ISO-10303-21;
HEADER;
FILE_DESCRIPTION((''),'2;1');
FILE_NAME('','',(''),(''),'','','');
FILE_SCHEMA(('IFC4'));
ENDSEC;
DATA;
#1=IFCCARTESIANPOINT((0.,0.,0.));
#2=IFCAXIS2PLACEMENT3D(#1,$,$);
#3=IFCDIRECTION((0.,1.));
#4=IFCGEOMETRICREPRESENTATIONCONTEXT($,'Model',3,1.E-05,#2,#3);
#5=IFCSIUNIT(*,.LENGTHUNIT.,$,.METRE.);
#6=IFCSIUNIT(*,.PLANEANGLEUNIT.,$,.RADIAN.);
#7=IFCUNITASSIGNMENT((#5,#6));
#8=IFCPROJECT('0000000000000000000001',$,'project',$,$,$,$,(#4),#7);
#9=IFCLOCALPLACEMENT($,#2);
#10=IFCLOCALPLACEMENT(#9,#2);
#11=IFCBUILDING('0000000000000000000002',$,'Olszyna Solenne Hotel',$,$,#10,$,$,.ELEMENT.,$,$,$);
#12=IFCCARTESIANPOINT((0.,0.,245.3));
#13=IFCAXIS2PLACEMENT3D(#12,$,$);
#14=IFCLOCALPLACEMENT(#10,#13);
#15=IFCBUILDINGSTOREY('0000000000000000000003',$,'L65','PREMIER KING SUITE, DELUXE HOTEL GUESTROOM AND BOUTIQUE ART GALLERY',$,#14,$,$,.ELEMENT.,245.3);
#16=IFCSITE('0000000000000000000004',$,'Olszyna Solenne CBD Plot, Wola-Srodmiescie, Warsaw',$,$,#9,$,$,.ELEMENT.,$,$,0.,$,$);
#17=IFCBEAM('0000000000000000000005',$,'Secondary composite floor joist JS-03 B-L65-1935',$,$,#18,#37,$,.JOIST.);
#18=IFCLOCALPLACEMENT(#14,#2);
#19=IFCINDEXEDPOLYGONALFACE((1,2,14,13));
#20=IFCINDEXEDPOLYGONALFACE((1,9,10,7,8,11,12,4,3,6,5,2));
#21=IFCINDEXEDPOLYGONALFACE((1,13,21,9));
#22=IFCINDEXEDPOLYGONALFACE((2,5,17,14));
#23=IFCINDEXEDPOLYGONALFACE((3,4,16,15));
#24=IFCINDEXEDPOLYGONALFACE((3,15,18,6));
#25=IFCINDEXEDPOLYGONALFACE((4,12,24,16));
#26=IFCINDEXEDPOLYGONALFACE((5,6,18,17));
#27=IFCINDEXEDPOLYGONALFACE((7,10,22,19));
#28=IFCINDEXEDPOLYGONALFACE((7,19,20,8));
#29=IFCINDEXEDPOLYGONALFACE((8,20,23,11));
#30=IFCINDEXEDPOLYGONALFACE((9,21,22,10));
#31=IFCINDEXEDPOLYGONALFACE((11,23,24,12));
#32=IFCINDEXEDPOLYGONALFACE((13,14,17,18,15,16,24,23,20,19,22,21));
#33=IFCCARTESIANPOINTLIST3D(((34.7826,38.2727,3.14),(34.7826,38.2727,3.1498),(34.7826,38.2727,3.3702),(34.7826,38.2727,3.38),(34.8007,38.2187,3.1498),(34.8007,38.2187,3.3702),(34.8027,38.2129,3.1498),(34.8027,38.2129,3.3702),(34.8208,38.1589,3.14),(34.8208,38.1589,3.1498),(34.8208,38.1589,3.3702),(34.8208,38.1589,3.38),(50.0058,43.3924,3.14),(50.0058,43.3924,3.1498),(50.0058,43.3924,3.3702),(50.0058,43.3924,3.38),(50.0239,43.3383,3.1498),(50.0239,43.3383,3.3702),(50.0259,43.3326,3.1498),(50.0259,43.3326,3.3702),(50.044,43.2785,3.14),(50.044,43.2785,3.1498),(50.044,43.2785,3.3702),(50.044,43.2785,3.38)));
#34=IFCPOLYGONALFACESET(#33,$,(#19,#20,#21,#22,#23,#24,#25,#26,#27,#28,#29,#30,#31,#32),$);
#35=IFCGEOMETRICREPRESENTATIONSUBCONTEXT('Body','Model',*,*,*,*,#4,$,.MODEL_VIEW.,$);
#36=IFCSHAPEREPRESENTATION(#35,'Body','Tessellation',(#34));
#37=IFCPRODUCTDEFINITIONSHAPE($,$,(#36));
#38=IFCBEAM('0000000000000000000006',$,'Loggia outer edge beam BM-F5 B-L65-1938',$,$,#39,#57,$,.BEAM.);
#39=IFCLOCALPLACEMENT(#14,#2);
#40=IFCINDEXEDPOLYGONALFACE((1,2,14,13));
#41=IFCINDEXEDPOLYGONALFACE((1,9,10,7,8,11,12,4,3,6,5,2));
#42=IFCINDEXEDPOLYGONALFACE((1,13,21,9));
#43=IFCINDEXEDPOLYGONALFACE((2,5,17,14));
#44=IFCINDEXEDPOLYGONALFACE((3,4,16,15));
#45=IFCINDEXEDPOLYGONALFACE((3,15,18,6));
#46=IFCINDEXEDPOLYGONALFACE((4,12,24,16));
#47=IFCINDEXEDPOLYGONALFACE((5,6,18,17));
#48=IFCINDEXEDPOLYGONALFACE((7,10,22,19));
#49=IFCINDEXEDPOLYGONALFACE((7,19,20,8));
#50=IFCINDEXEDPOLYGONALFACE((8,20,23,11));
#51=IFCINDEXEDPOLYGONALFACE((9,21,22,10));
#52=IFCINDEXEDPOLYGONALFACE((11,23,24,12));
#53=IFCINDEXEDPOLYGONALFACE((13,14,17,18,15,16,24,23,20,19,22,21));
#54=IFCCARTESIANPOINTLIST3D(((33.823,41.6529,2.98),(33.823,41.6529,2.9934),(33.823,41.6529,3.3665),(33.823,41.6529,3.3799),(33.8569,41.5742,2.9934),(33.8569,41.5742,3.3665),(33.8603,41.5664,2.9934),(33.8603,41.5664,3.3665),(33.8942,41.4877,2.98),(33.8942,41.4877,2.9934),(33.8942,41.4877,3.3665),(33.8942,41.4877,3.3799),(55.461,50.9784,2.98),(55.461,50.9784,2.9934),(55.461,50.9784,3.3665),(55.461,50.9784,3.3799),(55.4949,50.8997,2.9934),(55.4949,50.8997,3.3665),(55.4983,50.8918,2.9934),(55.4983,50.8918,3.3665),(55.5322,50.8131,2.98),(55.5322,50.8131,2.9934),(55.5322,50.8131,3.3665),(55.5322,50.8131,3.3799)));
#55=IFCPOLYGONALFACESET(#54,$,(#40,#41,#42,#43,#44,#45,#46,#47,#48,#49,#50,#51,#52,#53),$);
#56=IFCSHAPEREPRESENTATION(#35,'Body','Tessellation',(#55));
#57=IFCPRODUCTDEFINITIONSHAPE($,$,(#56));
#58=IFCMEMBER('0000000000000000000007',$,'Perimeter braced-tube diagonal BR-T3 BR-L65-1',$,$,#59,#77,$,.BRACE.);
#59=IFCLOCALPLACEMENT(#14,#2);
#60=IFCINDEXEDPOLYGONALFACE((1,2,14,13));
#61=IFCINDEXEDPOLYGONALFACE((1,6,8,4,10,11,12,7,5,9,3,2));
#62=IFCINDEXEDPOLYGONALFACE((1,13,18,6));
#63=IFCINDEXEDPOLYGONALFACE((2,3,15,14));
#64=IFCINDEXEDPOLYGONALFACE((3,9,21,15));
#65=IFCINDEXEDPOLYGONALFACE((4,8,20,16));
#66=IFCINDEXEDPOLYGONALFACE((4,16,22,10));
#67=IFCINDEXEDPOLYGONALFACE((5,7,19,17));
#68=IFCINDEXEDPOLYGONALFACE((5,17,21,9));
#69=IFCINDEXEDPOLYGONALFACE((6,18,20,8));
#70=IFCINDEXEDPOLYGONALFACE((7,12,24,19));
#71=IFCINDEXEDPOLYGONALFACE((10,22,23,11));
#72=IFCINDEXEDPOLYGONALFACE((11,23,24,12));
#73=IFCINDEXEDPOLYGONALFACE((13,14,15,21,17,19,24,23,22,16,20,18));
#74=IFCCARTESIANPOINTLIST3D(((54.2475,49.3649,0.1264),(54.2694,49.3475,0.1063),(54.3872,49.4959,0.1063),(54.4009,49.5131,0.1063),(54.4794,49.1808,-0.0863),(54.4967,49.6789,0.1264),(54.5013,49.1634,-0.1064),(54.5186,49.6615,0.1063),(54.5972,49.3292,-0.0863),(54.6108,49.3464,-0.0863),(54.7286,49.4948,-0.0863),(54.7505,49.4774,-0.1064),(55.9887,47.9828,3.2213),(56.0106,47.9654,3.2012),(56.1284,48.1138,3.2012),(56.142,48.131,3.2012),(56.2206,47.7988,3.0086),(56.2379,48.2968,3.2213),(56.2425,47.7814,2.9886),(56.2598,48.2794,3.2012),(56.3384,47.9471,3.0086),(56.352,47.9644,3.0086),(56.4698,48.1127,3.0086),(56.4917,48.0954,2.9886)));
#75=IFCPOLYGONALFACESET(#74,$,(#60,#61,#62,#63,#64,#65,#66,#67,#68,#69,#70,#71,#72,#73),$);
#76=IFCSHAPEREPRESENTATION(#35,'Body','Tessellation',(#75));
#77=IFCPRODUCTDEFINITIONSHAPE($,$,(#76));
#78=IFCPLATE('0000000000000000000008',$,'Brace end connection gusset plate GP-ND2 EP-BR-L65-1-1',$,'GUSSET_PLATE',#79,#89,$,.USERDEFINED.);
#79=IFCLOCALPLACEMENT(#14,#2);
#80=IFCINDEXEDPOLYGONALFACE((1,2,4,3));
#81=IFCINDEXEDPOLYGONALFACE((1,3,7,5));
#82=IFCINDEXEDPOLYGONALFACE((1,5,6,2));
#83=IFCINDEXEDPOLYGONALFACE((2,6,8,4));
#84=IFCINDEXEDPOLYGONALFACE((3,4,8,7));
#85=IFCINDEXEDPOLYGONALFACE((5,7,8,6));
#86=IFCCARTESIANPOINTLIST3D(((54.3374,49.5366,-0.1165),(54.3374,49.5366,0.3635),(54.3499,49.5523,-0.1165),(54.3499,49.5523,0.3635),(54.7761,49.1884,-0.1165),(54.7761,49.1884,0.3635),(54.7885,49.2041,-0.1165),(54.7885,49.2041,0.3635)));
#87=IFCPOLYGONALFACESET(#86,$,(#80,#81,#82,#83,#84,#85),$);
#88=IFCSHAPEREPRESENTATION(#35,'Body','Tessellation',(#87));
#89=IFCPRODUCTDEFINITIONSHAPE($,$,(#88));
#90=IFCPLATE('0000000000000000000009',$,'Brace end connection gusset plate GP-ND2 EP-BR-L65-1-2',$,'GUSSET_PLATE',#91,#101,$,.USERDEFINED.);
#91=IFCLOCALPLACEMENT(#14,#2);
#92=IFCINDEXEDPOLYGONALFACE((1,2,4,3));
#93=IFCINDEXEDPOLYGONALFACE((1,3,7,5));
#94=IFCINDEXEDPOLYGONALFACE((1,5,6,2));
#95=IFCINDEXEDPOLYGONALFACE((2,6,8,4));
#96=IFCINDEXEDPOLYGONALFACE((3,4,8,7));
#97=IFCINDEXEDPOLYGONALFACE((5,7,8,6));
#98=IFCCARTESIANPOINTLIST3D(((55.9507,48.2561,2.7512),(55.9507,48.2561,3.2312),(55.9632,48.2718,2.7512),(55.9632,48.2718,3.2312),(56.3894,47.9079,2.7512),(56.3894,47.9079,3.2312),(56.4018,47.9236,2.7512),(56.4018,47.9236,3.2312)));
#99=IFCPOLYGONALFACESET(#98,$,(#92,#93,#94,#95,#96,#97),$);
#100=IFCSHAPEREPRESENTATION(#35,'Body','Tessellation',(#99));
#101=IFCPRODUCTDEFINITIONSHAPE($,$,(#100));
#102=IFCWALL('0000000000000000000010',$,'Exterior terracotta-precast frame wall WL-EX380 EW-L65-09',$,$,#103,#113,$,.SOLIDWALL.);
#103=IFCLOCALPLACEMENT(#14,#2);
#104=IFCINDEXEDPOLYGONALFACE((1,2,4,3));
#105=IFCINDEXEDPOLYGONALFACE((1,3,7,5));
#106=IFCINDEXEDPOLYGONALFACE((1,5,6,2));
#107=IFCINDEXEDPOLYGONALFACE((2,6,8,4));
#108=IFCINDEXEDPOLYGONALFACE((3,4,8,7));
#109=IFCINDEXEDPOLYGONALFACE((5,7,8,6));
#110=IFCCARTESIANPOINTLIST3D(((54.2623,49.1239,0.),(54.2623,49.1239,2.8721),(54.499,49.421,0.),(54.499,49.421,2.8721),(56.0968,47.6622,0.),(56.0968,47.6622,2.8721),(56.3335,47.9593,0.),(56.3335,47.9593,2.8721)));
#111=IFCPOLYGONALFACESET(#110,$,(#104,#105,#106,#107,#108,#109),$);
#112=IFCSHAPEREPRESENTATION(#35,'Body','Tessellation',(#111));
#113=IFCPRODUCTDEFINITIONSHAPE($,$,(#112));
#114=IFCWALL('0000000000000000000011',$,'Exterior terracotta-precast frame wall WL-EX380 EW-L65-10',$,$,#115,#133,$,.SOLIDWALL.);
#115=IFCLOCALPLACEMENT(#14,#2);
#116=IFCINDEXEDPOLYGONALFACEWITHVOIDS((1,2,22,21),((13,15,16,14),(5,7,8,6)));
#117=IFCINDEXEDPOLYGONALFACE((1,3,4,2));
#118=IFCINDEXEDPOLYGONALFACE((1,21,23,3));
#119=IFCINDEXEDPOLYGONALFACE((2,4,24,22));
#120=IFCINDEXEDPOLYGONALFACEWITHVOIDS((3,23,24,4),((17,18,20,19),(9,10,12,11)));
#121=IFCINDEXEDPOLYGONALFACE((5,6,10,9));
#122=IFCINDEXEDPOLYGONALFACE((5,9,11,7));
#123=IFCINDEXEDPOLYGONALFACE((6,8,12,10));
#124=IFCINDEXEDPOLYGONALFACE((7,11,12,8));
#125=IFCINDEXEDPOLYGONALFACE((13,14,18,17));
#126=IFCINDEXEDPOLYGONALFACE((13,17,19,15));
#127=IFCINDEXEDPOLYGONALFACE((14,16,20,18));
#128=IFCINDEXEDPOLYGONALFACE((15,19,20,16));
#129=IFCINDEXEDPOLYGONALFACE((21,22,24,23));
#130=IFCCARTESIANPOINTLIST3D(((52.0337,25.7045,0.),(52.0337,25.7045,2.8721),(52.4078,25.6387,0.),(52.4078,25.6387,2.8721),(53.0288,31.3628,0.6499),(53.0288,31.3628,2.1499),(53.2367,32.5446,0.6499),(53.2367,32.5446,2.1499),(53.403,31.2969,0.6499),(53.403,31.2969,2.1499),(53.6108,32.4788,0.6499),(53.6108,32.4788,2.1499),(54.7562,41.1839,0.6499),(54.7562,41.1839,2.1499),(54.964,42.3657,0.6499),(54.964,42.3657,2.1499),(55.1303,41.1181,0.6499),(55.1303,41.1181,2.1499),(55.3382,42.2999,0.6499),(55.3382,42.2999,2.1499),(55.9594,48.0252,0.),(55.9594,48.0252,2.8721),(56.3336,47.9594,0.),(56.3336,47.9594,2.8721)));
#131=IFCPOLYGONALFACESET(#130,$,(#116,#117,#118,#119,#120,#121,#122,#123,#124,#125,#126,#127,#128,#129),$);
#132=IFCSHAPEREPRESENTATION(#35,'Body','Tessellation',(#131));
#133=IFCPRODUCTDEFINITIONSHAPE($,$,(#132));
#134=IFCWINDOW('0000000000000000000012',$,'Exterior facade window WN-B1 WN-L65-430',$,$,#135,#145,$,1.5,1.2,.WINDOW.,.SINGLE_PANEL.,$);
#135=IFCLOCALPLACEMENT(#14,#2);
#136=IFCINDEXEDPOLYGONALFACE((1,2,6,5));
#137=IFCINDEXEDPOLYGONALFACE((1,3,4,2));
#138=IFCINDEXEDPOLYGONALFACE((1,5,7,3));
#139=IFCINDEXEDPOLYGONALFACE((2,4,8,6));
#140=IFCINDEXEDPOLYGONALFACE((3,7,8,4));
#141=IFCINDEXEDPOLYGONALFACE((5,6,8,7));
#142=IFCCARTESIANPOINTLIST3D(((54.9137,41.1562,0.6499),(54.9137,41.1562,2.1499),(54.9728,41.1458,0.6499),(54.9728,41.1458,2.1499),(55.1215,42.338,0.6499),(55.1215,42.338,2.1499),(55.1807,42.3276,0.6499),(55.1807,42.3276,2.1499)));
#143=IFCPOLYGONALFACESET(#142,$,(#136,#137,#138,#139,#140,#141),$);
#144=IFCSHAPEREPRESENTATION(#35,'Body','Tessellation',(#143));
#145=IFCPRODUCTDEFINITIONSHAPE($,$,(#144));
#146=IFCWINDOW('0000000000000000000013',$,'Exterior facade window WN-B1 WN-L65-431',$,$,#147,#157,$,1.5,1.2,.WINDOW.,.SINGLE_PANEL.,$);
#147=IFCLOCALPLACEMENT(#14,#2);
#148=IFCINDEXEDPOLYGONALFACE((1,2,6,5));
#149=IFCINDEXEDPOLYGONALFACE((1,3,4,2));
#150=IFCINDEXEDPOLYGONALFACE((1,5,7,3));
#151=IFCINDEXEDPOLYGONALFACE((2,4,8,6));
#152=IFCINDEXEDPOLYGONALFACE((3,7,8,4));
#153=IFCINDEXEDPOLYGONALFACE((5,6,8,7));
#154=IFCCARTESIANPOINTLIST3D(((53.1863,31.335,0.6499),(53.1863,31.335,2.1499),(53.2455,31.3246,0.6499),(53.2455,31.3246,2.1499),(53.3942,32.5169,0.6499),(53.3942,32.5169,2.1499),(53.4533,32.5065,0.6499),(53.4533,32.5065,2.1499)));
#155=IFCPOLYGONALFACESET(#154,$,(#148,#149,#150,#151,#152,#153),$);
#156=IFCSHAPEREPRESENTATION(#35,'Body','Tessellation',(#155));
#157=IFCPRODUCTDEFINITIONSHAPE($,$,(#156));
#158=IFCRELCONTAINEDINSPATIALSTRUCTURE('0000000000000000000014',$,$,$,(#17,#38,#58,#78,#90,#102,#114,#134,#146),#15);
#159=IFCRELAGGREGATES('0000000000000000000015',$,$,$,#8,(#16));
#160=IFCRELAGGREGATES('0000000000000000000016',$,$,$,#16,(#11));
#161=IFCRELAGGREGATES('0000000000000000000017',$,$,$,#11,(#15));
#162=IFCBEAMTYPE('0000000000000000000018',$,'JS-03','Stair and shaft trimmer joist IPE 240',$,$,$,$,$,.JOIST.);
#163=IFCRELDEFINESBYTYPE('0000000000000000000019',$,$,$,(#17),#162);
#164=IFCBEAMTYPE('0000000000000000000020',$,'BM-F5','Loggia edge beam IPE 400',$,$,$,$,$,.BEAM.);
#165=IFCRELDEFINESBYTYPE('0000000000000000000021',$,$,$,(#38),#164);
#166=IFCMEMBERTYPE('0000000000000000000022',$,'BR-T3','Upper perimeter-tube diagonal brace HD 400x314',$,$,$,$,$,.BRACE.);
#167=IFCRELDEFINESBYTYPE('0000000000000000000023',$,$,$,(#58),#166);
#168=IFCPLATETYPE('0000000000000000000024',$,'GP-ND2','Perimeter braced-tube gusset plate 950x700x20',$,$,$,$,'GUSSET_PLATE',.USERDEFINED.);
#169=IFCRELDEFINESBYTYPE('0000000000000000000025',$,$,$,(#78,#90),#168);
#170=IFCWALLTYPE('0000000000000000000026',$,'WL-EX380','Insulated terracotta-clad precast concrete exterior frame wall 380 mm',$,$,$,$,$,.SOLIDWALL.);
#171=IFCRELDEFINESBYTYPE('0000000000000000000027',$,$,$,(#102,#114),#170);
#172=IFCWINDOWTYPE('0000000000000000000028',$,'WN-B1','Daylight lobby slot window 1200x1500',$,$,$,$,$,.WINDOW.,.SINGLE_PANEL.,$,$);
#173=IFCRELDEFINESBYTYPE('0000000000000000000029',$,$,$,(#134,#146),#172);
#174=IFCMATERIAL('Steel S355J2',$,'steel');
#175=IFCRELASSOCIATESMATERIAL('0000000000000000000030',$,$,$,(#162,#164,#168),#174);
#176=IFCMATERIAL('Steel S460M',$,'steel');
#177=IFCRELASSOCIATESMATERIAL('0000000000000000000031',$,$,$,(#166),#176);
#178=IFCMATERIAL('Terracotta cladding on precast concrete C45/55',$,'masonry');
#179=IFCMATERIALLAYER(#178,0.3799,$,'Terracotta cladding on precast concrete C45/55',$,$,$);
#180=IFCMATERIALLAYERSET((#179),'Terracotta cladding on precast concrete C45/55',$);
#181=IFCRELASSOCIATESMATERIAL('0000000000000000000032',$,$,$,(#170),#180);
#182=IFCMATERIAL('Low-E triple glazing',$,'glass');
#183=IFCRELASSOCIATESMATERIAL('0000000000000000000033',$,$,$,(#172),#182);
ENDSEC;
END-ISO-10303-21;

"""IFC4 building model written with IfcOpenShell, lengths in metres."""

from ifc_helpers import new_model, si_unit, direction, frame, frame_2d, origin, origin_2d, place, context, subcontext, project, spatial, rectangle, i_section, extrude, source, transform, mapped, material, layer, layer_set, material_profile, profile_set, type_object, type_shapes, element, fill, save


model = new_model("IFC4")

# Units and contexts
model_context = context("Model", 3, precision=1e-05, world=origin(), true_north=direction((0.0, 1.0)))
body_context = subcontext(model_context, "Body", "Model", "MODEL_VIEW")
ifc_project = project(units=[si_unit("LENGTHUNIT", "METRE"), si_unit("PLANEANGLEUNIT", "RADIAN")], contexts=[model_context])

# Site, building, storey
site_placement = place(None, origin())
site = spatial("IfcSite", under=ifc_project, at=site_placement, Name="Olszyna Solenne CBD Plot, Wola-Srodmiescie, Warsaw", CompositionType="ELEMENT", RefElevation=0.0)
building_placement = place(site_placement, origin())
building = spatial("IfcBuilding", under=site, at=building_placement, Name="Olszyna Solenne Hotel", CompositionType="ELEMENT")
storey_placement = place(building_placement, frame((0.0, 0.0, 245.3)))
storey = spatial("IfcBuildingStorey", under=building, at=storey_placement, Name="L65", Description="PREMIER KING SUITE, DELUXE HOTEL GUESTROOM AND BOUTIQUE ART GALLERY", CompositionType="ELEMENT", Elevation=245.3)

# Shared definitions
ifc_material_1 = material(Name="Steel S460M", Category="steel")

# Beams
ifc_material_2 = material(Name="Steel S355J2", Category="steel")
ifc_material_profile_1 = material_profile(ifc_material_2, i_section(OverallWidth=0.1201, OverallDepth=0.24, WebThickness=0.0061, FlangeThickness=0.0098, at=origin_2d()), Name="IPE 240", Category="load-bearing")
ifc_profile_set_1 = profile_set([ifc_material_profile_1], Name="Steel S355J2")
beam_type_1 = type_object("IfcBeamType", Name="JS-03", Description="Stair and shaft trimmer joist IPE 240", PredefinedType="JOIST", material=ifc_profile_set_1)
shared_shape_1 = source(origin(), body_context, "Body", "SweptSolid", [
    extrude(i_section(OverallWidth=0.1201, OverallDepth=0.24, WebThickness=0.0061, FlangeThickness=0.0098, at=origin_2d()), origin(), (0.0, 0.0, 1.0), 16.061),
])
beam_1_placement = place(storey_placement, frame((50.0249, 43.3354, 3.26), z_axis=(-0.947835, -0.318762, 0.0), x_axis=(0.318762, -0.947835, 0.0)))
element("IfcBeam", 1, at=beam_1_placement, inside=storey, type_object=beam_type_1, Name="Secondary composite floor joist JS-03 B-L65-1935", PredefinedType="JOIST", context=body_context, shape_type="MappedRepresentation", body=[
    mapped(shared_shape_1, transform((0.0, 0.0, 0.0), x_axis=(1.0, 0.0, 0.0), y_axis=(0.0, 1.0, 0.0), z_axis=(0.0, 0.0, 1.0), scale=1.0)),
])
ifc_material_profile_2 = material_profile(ifc_material_2, i_section(OverallWidth=0.1799, OverallDepth=0.3999, WebThickness=0.0085, FlangeThickness=0.0134, at=origin_2d()), Name="IPE 400", Category="load-bearing")
ifc_profile_set_2 = profile_set([ifc_material_profile_2], Name="Steel S355J2")
beam_type_2 = type_object("IfcBeamType", Name="BM-F5", Description="Loggia edge beam IPE 400", PredefinedType="BEAM", material=ifc_profile_set_2)
shared_shape_2 = source(origin(), body_context, "Body", "SweptSolid", [
    extrude(i_section(OverallWidth=0.1799, OverallDepth=0.3999, WebThickness=0.0085, FlangeThickness=0.0134, at=origin_2d()), origin(), (0.0, 0.0, 1.0), 23.562),
])
beam_2_placement = place(storey_placement, frame((55.4966, 50.8958, 3.1799), z_axis=(-0.918344, -0.395784, 0.0), x_axis=(0.395784, -0.918344, 0.0)))
element("IfcBeam", 2, at=beam_2_placement, inside=storey, type_object=beam_type_2, Name="Loggia outer edge beam BM-F5 B-L65-1938", PredefinedType="BEAM", context=body_context, shape_type="MappedRepresentation", body=[
    mapped(shared_shape_2, transform((0.0, 0.0, 0.0), x_axis=(1.0, 0.0, 0.0), y_axis=(0.0, 1.0, 0.0), z_axis=(0.0, 0.0, 1.0), scale=1.0)),
])

# Member
ifc_material_profile_3 = material_profile(ifc_material_1, i_section(OverallWidth=0.4009, OverallDepth=0.3989, WebThickness=0.022, FlangeThickness=0.0344, at=origin_2d()), Name="HD 400x314", Category="load-bearing")
ifc_profile_set_3 = profile_set([ifc_material_profile_3], Name="Steel S460M")
member_type = type_object("IfcMemberType", Name="BR-T3", Description="Upper perimeter-tube diagonal brace HD 400x314", PredefinedType="BRACE", material=ifc_profile_set_3)
shared_shape_3 = source(origin(), body_context, "Body", "SweptSolid", [
    extrude(i_section(OverallWidth=0.4009, OverallDepth=0.3989, WebThickness=0.022, FlangeThickness=0.0344, at=origin_2d()), origin(), (0.0, 0.0, 1.0), 3.8105),
])
member_placement = place(storey_placement, frame((54.499, 49.4211, 0.01), z_axis=(0.456937, -0.362692, 0.812197), x_axis=(0.621704, 0.783252, 0.0)))
element("IfcMember", 3, at=member_placement, inside=storey, type_object=member_type, Name="Perimeter braced-tube diagonal BR-T3 BR-L65-1", PredefinedType="BRACE", context=body_context, shape_type="MappedRepresentation", body=[
    mapped(shared_shape_3, transform((0.0, 0.0, 0.0), x_axis=(1.0, 0.0, 0.0), y_axis=(0.0, 1.0, 0.0), z_axis=(0.0, 0.0, 1.0), scale=1.0)),
])

# Plates
plate_type = type_object("IfcPlateType", Name="GP-ND2", Description="Perimeter braced-tube gusset plate 950x700x20", ElementType="GUSSET_PLATE", PredefinedType="USERDEFINED", material=ifc_material_2)
shared_shape_4 = source(origin(), body_context, "Body", "SweptSolid", [
    extrude(rectangle(XDim=0.5601, YDim=0.02, at=origin_2d()), origin(), (0.0, 0.0, 1.0), 0.48),
])
for number, where, z_axis, x_axis, name in (
    (4, (54.563, 49.3704, -0.1165), (0.0, 0.0, 1.0), (0.78326, -0.621695, 0.0), "Brace end connection gusset plate GP-ND2 EP-BR-L65-1-1"),
    (5, (56.1763, 48.0898, 2.7512), (0.0, 0.0, 1.0), (0.78326, -0.621695, 0.0), "Brace end connection gusset plate GP-ND2 EP-BR-L65-1-2"),
):
    element("IfcPlate", number, at=place(storey_placement, frame(where, z_axis=z_axis, x_axis=x_axis)), inside=storey, type_object=plate_type, Name=name, ObjectType="GUSSET_PLATE", PredefinedType="USERDEFINED", context=body_context, shape_type="MappedRepresentation", body=[
        mapped(shared_shape_4, transform((0.0, 0.0, 0.0), x_axis=(1.0, 0.0, 0.0), y_axis=(0.0, 1.0, 0.0), z_axis=(0.0, 0.0, 1.0), scale=1.0)),
    ])

# Wall
ifc_material_3 = material(Name="Terracotta cladding on precast concrete C45/55", Category="masonry")
ifc_layer_1 = layer(ifc_material_3, 0.3799, Name="Terracotta cladding on precast concrete C45/55")
ifc_layer_set_1 = layer_set([ifc_layer_1], Name="Terracotta cladding on precast concrete C45/55")
wall_type_1 = type_object("IfcWallType", Name="WL-EX380", Description="Insulated terracotta-clad precast concrete exterior frame wall 380 mm", PredefinedType="SOLIDWALL", material=ifc_layer_set_1)
wall_1_placement = place(storey_placement, frame((54.3806, 49.2725, 0.0), z_axis=(0.0, 0.0, 1.0), x_axis=(0.782096, -0.623158, 0.0)))
element("IfcWall", 6, at=wall_1_placement, inside=storey, type_object=wall_type_1, Name="Exterior terracotta-precast frame wall WL-EX380 EW-L65-09", PredefinedType="SOLIDWALL", context=body_context, shape_type="SweptSolid", body=[
    extrude(rectangle(XDim=2.3457, YDim=0.3799, at=frame_2d((1.1729, 0.0))), origin(), (0.0, 0.0, 1.0), 2.8721),
])

# Wall, openings, windows
wall_2_placement = place(storey_placement, frame((56.1465, 47.9922, 0.0), z_axis=(0.0, 0.0, 1.0), x_axis=(-0.173221, -0.984883, 0.0)))
wall_2 = element("IfcWall", 7, at=wall_2_placement, inside=storey, type_object=wall_type_1, Name="Exterior terracotta-precast frame wall WL-EX380 EW-L65-10", PredefinedType="SOLIDWALL", context=body_context, shape_type="SweptSolid", body=[
    extrude(rectangle(XDim=22.6633, YDim=0.3799, at=frame_2d((11.3315, 0.0))), origin(), (0.0, 0.0, 1.0), 2.8721),
])
opening_1_placement = place(wall_2_placement, frame((5.7461, 0.0, 0.6499)))
opening_1 = element("IfcOpeningElement", 8, at=opening_1_placement, cuts=wall_2, PredefinedType="OPENING", context=body_context, shape_type="SweptSolid", body=[
    extrude(rectangle(XDim=1.2, YDim=1.5, at=frame_2d((0.6001, 0.75))), frame((0.0, 0.2, 0.0), z_axis=(0.0, -1.0, 0.0), x_axis=(1.0, 0.0, 0.0)), (0.0, 0.0, 1.0), 0.3999),
])
opening_2_placement = place(wall_2_placement, frame((15.718, 0.0, 0.6499)))
opening_2 = element("IfcOpeningElement", 9, at=opening_2_placement, cuts=wall_2, PredefinedType="OPENING", context=body_context, shape_type="SweptSolid", body=[
    extrude(rectangle(XDim=1.2, YDim=1.5, at=frame_2d((0.6001, 0.75))), frame((0.0, 0.2, 0.0), z_axis=(0.0, -1.0, 0.0), x_axis=(1.0, 0.0, 0.0)), (0.0, 0.0, 1.0), 0.3999),
])
ifc_material_4 = material(Name="Low-E triple glazing", Category="glass")
window_type = type_object("IfcWindowType", Name="WN-B1", Description="Daylight lobby slot window 1200x1500", PartitioningType="SINGLE_PANEL", PredefinedType="WINDOW", material=ifc_material_4)
shared_shape_5 = source(origin(), body_context, "Body", "SweptSolid", [
    extrude(rectangle(XDim=1.2, YDim=1.5, at=frame_2d((0.6001, 0.75))), frame((0.0, 0.03, 0.0), z_axis=(0.0, -1.0, 0.0), x_axis=(1.0, 0.0, 0.0)), (0.0, 0.0, 1.0), 0.0601),
])
type_shapes(window_type, [shared_shape_5])
window_1_placement = place(opening_1_placement, origin())
window_1 = element("IfcWindow", 10, at=window_1_placement, inside=storey, type_object=window_type, Name="Exterior facade window WN-B1 WN-L65-430", OverallHeight=1.5, OverallWidth=1.2, PartitioningType="SINGLE_PANEL", PredefinedType="WINDOW", context=body_context, shape_type="MappedRepresentation", body=[
    mapped(shared_shape_5, transform((0.0, 0.0, 0.0), x_axis=(1.0, 0.0, 0.0), y_axis=(0.0, 1.0, 0.0), z_axis=(0.0, 0.0, 1.0), scale=1.0)),
])
fill(opening_1, window_1)
window_2_placement = place(opening_2_placement, origin())
window_2 = element("IfcWindow", 11, at=window_2_placement, inside=storey, type_object=window_type, Name="Exterior facade window WN-B1 WN-L65-431", OverallHeight=1.5, OverallWidth=1.2, PartitioningType="SINGLE_PANEL", PredefinedType="WINDOW", context=body_context, shape_type="MappedRepresentation", body=[
    mapped(shared_shape_5, transform((0.0, 0.0, 0.0), x_axis=(1.0, 0.0, 0.0), y_axis=(0.0, 1.0, 0.0), z_axis=(0.0, 0.0, 1.0), scale=1.0)),
])
fill(opening_2, window_2)

save(model, "model.ifc")
